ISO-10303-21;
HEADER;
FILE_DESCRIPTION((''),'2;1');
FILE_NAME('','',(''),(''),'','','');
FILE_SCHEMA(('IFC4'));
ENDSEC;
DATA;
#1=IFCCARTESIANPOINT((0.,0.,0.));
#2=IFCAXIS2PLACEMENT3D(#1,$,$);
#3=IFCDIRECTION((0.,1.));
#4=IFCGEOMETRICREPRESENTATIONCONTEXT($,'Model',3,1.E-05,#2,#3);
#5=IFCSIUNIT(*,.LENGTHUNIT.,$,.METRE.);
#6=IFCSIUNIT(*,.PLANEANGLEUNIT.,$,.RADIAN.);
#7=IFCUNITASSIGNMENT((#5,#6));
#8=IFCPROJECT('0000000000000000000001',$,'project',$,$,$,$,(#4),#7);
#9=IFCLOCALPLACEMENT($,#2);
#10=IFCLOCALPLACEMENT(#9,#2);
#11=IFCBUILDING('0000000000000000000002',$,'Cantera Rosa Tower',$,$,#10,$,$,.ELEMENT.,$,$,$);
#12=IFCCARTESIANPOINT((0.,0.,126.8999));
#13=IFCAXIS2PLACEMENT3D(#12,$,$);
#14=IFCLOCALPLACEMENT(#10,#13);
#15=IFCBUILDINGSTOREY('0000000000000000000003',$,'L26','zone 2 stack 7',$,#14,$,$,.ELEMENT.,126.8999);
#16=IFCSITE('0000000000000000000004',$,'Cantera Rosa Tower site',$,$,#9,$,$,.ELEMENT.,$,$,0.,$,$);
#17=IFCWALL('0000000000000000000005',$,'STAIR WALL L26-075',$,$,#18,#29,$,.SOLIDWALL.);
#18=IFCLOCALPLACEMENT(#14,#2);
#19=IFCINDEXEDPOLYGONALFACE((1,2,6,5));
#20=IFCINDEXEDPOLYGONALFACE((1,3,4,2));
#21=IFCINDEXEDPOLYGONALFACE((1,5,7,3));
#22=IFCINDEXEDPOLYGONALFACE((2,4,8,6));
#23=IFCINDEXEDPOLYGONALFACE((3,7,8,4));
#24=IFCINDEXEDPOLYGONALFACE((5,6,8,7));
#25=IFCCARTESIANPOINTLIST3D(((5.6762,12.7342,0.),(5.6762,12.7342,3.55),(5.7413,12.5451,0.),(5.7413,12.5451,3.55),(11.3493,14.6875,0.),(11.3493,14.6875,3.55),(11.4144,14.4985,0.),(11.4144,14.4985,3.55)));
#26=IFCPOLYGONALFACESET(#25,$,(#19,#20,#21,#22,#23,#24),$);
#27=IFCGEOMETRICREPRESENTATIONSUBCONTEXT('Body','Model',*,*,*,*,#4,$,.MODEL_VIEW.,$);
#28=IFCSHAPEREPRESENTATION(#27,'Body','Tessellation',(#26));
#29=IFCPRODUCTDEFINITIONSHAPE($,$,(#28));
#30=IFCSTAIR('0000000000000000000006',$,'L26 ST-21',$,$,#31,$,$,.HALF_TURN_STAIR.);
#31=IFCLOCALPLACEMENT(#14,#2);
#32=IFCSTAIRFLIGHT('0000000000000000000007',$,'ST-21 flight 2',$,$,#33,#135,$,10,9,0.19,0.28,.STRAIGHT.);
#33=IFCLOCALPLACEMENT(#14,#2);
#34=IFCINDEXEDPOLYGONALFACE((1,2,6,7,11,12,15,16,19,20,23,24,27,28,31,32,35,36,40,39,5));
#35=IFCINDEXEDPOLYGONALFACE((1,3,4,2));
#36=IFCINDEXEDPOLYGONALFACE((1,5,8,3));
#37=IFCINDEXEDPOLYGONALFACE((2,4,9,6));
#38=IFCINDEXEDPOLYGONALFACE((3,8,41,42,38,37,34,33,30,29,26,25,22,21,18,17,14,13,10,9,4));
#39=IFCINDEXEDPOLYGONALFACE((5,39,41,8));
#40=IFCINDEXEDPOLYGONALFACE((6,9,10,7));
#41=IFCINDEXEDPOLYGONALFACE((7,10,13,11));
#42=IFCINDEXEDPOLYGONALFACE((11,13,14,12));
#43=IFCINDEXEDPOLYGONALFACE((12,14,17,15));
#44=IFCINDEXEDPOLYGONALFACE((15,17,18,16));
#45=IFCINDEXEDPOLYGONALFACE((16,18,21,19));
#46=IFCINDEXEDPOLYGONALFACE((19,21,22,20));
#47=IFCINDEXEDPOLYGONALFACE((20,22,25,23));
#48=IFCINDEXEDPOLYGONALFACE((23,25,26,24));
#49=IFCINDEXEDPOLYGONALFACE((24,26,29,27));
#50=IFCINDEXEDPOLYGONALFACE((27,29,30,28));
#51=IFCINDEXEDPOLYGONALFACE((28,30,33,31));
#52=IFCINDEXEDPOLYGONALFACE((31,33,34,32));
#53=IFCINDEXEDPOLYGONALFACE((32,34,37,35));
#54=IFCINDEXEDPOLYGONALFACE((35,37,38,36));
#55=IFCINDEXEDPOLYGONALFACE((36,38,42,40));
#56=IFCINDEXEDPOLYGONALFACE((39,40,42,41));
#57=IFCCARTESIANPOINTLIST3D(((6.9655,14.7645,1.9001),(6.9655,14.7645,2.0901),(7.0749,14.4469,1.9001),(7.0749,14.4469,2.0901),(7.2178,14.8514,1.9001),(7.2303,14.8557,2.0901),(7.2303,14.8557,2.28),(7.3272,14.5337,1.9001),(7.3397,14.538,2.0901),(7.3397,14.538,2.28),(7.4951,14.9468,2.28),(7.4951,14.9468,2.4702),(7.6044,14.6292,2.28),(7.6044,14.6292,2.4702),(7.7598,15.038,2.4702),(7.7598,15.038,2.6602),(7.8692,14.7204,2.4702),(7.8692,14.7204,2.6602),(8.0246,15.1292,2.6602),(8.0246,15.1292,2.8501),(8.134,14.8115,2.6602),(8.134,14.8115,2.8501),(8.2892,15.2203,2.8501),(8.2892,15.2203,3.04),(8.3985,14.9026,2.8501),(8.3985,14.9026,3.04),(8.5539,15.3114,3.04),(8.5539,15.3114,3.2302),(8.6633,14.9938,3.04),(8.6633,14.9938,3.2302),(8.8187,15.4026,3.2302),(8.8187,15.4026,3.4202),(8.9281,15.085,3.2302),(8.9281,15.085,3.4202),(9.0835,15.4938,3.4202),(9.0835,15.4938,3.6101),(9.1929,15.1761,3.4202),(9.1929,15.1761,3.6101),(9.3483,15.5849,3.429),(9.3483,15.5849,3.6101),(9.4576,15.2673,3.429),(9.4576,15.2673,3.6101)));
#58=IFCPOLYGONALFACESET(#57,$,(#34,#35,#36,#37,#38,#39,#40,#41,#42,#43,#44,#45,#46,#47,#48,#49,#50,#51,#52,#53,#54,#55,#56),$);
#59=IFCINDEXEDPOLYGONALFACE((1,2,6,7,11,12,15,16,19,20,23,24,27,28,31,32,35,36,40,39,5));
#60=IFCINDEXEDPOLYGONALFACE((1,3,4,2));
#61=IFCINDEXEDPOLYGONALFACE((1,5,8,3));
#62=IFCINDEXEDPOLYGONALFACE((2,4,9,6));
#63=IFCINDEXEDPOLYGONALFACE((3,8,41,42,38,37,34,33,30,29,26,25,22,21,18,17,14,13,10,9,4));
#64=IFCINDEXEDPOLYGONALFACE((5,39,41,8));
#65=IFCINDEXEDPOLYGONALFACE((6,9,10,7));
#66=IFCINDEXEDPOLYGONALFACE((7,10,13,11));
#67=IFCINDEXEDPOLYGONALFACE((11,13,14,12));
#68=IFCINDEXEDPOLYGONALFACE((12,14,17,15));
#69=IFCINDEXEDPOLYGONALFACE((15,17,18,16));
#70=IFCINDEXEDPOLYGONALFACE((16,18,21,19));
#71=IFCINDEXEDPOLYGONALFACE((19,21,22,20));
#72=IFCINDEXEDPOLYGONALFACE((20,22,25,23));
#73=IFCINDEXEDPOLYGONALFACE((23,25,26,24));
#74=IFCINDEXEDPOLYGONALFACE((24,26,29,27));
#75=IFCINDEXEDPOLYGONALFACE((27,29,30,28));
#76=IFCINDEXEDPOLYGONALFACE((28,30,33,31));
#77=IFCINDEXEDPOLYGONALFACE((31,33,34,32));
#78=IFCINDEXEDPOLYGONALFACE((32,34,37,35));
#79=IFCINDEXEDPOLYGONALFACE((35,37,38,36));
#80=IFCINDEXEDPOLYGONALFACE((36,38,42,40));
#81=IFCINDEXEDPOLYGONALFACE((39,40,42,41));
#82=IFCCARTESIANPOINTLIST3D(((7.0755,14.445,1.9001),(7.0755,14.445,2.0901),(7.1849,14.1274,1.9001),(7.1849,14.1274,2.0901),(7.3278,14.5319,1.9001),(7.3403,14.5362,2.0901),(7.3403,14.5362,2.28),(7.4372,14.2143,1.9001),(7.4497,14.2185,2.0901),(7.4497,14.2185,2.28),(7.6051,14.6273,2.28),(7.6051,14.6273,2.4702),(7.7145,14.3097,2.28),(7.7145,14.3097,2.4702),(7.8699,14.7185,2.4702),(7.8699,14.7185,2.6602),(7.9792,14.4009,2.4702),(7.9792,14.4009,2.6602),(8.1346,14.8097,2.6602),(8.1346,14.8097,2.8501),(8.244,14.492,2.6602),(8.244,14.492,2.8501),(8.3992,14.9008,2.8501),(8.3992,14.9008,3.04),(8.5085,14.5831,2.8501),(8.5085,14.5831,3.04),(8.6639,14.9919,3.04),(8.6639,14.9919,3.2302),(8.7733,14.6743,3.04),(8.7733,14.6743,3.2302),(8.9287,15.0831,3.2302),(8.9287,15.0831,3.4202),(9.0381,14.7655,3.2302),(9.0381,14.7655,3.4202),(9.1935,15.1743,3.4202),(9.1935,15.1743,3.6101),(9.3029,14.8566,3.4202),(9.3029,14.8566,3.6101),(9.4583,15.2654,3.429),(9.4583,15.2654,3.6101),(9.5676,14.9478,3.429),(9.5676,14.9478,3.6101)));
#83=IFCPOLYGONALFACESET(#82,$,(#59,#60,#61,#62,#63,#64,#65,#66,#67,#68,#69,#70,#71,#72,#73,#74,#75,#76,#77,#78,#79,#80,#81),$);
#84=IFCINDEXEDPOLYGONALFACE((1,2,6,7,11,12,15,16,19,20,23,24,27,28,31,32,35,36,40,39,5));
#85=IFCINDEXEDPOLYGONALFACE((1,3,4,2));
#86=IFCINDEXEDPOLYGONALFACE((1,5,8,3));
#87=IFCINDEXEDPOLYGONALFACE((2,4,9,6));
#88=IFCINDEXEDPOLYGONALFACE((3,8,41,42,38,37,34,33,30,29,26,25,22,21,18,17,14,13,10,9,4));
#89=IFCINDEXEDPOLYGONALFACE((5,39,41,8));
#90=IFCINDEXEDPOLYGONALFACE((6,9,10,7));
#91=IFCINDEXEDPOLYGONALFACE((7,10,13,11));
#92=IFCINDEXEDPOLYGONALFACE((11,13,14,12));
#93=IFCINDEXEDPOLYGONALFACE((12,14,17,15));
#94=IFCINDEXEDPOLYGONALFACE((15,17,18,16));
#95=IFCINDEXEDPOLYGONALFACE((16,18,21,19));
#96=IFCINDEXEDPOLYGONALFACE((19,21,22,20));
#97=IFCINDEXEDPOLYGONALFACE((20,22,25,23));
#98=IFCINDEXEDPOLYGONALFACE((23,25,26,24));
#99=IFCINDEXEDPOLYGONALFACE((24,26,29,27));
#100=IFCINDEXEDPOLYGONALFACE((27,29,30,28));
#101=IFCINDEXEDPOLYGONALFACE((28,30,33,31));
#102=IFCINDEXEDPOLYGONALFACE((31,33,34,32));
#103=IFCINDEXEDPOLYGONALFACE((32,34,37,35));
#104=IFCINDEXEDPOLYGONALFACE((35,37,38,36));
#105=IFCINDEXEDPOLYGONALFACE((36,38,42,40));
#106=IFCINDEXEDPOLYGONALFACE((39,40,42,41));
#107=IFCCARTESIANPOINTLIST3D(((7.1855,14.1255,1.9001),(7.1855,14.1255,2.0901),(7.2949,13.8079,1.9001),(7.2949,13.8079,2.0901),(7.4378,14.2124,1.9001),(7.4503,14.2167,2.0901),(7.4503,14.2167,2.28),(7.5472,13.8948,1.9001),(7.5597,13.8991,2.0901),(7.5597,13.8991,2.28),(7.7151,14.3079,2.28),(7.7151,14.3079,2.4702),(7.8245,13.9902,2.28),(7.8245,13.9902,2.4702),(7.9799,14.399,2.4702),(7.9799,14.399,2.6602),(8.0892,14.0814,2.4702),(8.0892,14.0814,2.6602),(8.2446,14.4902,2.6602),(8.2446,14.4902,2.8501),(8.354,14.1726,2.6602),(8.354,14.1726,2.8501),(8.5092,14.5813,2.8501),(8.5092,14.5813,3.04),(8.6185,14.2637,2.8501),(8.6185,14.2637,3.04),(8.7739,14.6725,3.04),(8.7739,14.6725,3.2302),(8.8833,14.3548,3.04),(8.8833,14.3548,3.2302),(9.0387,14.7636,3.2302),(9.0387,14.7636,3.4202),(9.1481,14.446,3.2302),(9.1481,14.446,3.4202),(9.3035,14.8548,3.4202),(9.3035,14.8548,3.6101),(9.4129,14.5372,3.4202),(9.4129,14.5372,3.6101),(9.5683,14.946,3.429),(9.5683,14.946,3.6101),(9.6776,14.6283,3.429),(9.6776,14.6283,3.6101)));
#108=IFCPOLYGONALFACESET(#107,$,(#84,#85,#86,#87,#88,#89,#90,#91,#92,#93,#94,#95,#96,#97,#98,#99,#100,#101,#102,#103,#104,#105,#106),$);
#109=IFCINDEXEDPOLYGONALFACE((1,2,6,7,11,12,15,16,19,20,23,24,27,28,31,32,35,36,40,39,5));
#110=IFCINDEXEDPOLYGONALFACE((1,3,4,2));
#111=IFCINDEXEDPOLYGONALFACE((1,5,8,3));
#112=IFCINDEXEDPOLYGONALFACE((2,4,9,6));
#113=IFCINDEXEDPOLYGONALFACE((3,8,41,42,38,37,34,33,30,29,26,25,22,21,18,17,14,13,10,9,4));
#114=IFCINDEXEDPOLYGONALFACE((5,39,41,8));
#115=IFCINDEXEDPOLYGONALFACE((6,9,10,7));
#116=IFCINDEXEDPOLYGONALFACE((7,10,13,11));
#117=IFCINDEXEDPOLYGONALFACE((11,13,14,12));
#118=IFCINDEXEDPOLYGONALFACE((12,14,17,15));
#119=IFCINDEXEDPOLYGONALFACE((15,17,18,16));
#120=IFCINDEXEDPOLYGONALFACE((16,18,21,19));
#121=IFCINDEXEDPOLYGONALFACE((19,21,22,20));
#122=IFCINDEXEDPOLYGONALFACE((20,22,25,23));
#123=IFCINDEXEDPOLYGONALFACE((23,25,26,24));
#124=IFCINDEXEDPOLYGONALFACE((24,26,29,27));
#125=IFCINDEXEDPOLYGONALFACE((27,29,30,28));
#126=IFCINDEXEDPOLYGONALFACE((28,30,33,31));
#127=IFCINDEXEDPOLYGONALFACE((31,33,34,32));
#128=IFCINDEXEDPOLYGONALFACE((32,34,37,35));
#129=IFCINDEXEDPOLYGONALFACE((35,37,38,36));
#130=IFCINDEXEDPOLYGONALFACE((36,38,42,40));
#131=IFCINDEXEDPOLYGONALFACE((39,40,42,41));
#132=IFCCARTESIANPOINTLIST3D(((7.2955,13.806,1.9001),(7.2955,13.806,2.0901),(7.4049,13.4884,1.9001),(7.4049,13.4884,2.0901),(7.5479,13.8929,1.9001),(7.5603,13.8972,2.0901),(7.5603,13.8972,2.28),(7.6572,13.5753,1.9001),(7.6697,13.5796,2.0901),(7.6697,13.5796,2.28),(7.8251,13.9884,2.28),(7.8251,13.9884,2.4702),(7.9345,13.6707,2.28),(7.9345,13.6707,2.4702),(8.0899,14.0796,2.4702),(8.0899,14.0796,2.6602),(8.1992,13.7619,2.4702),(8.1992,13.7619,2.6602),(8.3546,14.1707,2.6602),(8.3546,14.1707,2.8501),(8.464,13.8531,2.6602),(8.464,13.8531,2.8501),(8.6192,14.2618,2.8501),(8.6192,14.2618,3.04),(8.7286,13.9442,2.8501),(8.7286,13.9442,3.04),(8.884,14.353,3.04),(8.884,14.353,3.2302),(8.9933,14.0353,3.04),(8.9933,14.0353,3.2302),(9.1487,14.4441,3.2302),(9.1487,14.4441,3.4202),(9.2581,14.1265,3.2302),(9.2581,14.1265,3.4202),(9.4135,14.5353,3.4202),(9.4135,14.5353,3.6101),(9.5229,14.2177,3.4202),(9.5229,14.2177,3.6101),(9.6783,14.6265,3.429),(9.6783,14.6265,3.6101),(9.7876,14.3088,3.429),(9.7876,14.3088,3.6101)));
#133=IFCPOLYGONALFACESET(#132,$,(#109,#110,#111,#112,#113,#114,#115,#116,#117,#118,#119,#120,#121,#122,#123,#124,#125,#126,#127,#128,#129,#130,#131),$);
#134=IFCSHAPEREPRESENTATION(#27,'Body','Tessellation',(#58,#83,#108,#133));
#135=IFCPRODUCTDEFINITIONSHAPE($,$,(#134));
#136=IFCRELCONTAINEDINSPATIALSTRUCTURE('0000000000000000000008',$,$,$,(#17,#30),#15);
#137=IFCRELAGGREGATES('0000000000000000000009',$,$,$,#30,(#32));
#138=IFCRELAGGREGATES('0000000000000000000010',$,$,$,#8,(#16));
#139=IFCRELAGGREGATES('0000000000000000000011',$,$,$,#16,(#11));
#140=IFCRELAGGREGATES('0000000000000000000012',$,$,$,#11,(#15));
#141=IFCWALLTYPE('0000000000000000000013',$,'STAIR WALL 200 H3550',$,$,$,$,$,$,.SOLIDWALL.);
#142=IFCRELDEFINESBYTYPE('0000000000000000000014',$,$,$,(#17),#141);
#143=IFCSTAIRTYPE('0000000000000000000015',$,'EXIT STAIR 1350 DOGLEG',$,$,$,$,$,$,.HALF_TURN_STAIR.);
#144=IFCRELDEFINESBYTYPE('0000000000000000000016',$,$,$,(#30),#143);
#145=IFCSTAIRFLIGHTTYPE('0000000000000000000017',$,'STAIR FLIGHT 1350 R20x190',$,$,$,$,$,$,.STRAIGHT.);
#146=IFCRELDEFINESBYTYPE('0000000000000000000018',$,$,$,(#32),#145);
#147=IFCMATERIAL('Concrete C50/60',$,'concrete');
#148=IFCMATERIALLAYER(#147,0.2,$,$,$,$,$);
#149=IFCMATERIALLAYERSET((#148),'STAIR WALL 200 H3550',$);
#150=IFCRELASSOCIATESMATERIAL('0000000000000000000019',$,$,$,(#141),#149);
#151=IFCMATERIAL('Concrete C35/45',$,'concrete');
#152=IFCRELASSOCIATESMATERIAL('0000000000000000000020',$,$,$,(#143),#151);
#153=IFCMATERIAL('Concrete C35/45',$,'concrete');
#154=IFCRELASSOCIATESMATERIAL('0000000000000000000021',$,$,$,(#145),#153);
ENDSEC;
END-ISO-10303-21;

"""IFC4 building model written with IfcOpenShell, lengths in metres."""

from ifc_helpers import new_model, si_unit, direction, frame, frame_2d, origin, place, context, subcontext, project, spatial, polyline, rectangle, outline, extrude, material, layer, layer_set, type_object, element, aggregate, save


model = new_model("IFC4")

# Units and contexts
model_context = context("Model", 3, precision=1e-05, world=origin(), true_north=direction((0.0, 1.0)))
body_context = subcontext(model_context, "Body", "Model", "MODEL_VIEW")
ifc_project = project(units=[si_unit("LENGTHUNIT", "METRE"), si_unit("PLANEANGLEUNIT", "RADIAN")], contexts=[model_context])

# Site, building, storey
site_placement = place(None, origin())
site = spatial("IfcSite", under=ifc_project, at=site_placement, Name="Cantera Rosa Tower site", CompositionType="ELEMENT", RefElevation=0.0)
building_placement = place(site_placement, origin())
building = spatial("IfcBuilding", under=site, at=building_placement, Name="Cantera Rosa Tower", CompositionType="ELEMENT")
storey_placement = place(building_placement, frame((0.0, 0.0, 126.8999)))
storey = spatial("IfcBuildingStorey", under=building, at=storey_placement, Name="L26", Description="zone 2 stack 7", CompositionType="ELEMENT", Elevation=126.8999)

# Wall
ifc_material_1 = material(Name="Concrete C50/60", Category="concrete")
ifc_layer_1 = layer(ifc_material_1, 0.2)
ifc_layer_set_1 = layer_set([ifc_layer_1], Name="STAIR WALL 200 H3550")
wall_type_1 = type_object("IfcWallType", Name="STAIR WALL 200 H3550", PredefinedType="SOLIDWALL", material=ifc_layer_set_1)
wall_1_placement = place(storey_placement, frame((11.3818, 14.593, 0.0), z_axis=(0.0, 0.0, 1.0), x_axis=(-0.94552, -0.325563, 0.0)))
element("IfcWall", 1, at=wall_1_placement, inside=storey, type_object=wall_type_1, Name="STAIR WALL L26-075", PredefinedType="SOLIDWALL", context=body_context, shape_type="SweptSolid", body=[
    extrude(rectangle(XDim=6.0, YDim=0.2, at=frame_2d((3.0, 0.0))), origin(), (0.0, 0.0, 1.0), 3.55),
])

# Stair, stair flight
ifc_material_2 = material(Name="Concrete C35/45", Category="concrete")
stair_type = type_object("IfcStairType", Name="EXIT STAIR 1350 DOGLEG", PredefinedType="HALF_TURN_STAIR", material=ifc_material_2)
stair_placement = place(storey_placement, origin())
stair = element("IfcStair", 2, at=stair_placement, inside=storey, type_object=stair_type, Name="L26 ST-21", PredefinedType="HALF_TURN_STAIR")
ifc_material_3 = material(Name="Concrete C35/45", Category="concrete")
stair_flight_type = type_object("IfcStairFlightType", Name="STAIR FLIGHT 1350 R20x190", PredefinedType="STRAIGHT", material=ifc_material_3)
stair_flight_placement = place(storey_placement, frame((7.1853, 14.1262, 1.9001), z_axis=(0.0, 0.0, 1.0), x_axis=(0.945519, 0.325568, 0.0)))
stair_flight = element("IfcStairFlight", 3, at=stair_flight_placement, type_object=stair_flight_type, Name="ST-21 flight 2", NumberOfRisers=10, NumberOfTreads=9, PredefinedType="STRAIGHT", RiserHeight=0.19, TreadLength=0.28, context=body_context, shape_type="SweptSolid", body=[
    extrude(outline(polyline([(0.0, 0.0), (0.0, 0.1899), (0.28, 0.1899), (0.28, 0.3799), (0.5601, 0.3799), (0.5601, 0.5701), (0.8401, 0.5701), (0.8401, 0.76), (1.1201, 0.76), (1.1201, 0.95), (1.3999, 0.95), (1.3999, 1.1399), (1.6799, 1.1399), (1.6799, 1.3301), (1.96, 1.3301), (1.96, 1.52), (2.24, 1.52), (2.24, 1.71), (2.52, 1.71), (2.52, 1.8999), (2.52, 1.5288), (0.2668, 0.0), (0.0, 0.0)])), frame((0.0, 0.675, 0.0), z_axis=(0.0, -1.0, 0.0), x_axis=(1.0, 0.0, 0.0)), (0.0, 0.0, 1.0), 0.3359),
    extrude(outline(polyline([(0.0, 0.0), (0.0, 0.1899), (0.28, 0.1899), (0.28, 0.3799), (0.5601, 0.3799), (0.5601, 0.5701), (0.8401, 0.5701), (0.8401, 0.76), (1.1201, 0.76), (1.1201, 0.95), (1.3999, 0.95), (1.3999, 1.1399), (1.6799, 1.1399), (1.6799, 1.3301), (1.96, 1.3301), (1.96, 1.52), (2.24, 1.52), (2.24, 1.71), (2.52, 1.71), (2.52, 1.8999), (2.52, 1.5288), (0.2668, 0.0), (0.0, 0.0)])), frame((0.0, 0.3372, 0.0), z_axis=(0.0, -1.0, 0.0), x_axis=(1.0, 0.0, 0.0)), (0.0, 0.0, 1.0), 0.3359),
    extrude(outline(polyline([(0.0, 0.0), (0.0, 0.1899), (0.28, 0.1899), (0.28, 0.3799), (0.5601, 0.3799), (0.5601, 0.5701), (0.8401, 0.5701), (0.8401, 0.76), (1.1201, 0.76), (1.1201, 0.95), (1.3999, 0.95), (1.3999, 1.1399), (1.6799, 1.1399), (1.6799, 1.3301), (1.96, 1.3301), (1.96, 1.52), (2.24, 1.52), (2.24, 1.71), (2.52, 1.71), (2.52, 1.8999), (2.52, 1.5288), (0.2668, 0.0), (0.0, 0.0)])), frame((0.0, -0.0007, 0.0), z_axis=(0.0, -1.0, 0.0), x_axis=(1.0, 0.0, 0.0)), (0.0, 0.0, 1.0), 0.3359),
    extrude(outline(polyline([(0.0, 0.0), (0.0, 0.1899), (0.28, 0.1899), (0.28, 0.3799), (0.5601, 0.3799), (0.5601, 0.5701), (0.8401, 0.5701), (0.8401, 0.76), (1.1201, 0.76), (1.1201, 0.95), (1.3999, 0.95), (1.3999, 1.1399), (1.6799, 1.1399), (1.6799, 1.3301), (1.96, 1.3301), (1.96, 1.52), (2.24, 1.52), (2.24, 1.71), (2.52, 1.71), (2.52, 1.8999), (2.52, 1.5288), (0.2668, 0.0), (0.0, 0.0)])), frame((0.0, -0.3386, 0.0), z_axis=(0.0, -1.0, 0.0), x_axis=(1.0, 0.0, 0.0)), (0.0, 0.0, 1.0), 0.3359),
])
aggregate(stair, [stair_flight])

save(model, "model.ifc")
